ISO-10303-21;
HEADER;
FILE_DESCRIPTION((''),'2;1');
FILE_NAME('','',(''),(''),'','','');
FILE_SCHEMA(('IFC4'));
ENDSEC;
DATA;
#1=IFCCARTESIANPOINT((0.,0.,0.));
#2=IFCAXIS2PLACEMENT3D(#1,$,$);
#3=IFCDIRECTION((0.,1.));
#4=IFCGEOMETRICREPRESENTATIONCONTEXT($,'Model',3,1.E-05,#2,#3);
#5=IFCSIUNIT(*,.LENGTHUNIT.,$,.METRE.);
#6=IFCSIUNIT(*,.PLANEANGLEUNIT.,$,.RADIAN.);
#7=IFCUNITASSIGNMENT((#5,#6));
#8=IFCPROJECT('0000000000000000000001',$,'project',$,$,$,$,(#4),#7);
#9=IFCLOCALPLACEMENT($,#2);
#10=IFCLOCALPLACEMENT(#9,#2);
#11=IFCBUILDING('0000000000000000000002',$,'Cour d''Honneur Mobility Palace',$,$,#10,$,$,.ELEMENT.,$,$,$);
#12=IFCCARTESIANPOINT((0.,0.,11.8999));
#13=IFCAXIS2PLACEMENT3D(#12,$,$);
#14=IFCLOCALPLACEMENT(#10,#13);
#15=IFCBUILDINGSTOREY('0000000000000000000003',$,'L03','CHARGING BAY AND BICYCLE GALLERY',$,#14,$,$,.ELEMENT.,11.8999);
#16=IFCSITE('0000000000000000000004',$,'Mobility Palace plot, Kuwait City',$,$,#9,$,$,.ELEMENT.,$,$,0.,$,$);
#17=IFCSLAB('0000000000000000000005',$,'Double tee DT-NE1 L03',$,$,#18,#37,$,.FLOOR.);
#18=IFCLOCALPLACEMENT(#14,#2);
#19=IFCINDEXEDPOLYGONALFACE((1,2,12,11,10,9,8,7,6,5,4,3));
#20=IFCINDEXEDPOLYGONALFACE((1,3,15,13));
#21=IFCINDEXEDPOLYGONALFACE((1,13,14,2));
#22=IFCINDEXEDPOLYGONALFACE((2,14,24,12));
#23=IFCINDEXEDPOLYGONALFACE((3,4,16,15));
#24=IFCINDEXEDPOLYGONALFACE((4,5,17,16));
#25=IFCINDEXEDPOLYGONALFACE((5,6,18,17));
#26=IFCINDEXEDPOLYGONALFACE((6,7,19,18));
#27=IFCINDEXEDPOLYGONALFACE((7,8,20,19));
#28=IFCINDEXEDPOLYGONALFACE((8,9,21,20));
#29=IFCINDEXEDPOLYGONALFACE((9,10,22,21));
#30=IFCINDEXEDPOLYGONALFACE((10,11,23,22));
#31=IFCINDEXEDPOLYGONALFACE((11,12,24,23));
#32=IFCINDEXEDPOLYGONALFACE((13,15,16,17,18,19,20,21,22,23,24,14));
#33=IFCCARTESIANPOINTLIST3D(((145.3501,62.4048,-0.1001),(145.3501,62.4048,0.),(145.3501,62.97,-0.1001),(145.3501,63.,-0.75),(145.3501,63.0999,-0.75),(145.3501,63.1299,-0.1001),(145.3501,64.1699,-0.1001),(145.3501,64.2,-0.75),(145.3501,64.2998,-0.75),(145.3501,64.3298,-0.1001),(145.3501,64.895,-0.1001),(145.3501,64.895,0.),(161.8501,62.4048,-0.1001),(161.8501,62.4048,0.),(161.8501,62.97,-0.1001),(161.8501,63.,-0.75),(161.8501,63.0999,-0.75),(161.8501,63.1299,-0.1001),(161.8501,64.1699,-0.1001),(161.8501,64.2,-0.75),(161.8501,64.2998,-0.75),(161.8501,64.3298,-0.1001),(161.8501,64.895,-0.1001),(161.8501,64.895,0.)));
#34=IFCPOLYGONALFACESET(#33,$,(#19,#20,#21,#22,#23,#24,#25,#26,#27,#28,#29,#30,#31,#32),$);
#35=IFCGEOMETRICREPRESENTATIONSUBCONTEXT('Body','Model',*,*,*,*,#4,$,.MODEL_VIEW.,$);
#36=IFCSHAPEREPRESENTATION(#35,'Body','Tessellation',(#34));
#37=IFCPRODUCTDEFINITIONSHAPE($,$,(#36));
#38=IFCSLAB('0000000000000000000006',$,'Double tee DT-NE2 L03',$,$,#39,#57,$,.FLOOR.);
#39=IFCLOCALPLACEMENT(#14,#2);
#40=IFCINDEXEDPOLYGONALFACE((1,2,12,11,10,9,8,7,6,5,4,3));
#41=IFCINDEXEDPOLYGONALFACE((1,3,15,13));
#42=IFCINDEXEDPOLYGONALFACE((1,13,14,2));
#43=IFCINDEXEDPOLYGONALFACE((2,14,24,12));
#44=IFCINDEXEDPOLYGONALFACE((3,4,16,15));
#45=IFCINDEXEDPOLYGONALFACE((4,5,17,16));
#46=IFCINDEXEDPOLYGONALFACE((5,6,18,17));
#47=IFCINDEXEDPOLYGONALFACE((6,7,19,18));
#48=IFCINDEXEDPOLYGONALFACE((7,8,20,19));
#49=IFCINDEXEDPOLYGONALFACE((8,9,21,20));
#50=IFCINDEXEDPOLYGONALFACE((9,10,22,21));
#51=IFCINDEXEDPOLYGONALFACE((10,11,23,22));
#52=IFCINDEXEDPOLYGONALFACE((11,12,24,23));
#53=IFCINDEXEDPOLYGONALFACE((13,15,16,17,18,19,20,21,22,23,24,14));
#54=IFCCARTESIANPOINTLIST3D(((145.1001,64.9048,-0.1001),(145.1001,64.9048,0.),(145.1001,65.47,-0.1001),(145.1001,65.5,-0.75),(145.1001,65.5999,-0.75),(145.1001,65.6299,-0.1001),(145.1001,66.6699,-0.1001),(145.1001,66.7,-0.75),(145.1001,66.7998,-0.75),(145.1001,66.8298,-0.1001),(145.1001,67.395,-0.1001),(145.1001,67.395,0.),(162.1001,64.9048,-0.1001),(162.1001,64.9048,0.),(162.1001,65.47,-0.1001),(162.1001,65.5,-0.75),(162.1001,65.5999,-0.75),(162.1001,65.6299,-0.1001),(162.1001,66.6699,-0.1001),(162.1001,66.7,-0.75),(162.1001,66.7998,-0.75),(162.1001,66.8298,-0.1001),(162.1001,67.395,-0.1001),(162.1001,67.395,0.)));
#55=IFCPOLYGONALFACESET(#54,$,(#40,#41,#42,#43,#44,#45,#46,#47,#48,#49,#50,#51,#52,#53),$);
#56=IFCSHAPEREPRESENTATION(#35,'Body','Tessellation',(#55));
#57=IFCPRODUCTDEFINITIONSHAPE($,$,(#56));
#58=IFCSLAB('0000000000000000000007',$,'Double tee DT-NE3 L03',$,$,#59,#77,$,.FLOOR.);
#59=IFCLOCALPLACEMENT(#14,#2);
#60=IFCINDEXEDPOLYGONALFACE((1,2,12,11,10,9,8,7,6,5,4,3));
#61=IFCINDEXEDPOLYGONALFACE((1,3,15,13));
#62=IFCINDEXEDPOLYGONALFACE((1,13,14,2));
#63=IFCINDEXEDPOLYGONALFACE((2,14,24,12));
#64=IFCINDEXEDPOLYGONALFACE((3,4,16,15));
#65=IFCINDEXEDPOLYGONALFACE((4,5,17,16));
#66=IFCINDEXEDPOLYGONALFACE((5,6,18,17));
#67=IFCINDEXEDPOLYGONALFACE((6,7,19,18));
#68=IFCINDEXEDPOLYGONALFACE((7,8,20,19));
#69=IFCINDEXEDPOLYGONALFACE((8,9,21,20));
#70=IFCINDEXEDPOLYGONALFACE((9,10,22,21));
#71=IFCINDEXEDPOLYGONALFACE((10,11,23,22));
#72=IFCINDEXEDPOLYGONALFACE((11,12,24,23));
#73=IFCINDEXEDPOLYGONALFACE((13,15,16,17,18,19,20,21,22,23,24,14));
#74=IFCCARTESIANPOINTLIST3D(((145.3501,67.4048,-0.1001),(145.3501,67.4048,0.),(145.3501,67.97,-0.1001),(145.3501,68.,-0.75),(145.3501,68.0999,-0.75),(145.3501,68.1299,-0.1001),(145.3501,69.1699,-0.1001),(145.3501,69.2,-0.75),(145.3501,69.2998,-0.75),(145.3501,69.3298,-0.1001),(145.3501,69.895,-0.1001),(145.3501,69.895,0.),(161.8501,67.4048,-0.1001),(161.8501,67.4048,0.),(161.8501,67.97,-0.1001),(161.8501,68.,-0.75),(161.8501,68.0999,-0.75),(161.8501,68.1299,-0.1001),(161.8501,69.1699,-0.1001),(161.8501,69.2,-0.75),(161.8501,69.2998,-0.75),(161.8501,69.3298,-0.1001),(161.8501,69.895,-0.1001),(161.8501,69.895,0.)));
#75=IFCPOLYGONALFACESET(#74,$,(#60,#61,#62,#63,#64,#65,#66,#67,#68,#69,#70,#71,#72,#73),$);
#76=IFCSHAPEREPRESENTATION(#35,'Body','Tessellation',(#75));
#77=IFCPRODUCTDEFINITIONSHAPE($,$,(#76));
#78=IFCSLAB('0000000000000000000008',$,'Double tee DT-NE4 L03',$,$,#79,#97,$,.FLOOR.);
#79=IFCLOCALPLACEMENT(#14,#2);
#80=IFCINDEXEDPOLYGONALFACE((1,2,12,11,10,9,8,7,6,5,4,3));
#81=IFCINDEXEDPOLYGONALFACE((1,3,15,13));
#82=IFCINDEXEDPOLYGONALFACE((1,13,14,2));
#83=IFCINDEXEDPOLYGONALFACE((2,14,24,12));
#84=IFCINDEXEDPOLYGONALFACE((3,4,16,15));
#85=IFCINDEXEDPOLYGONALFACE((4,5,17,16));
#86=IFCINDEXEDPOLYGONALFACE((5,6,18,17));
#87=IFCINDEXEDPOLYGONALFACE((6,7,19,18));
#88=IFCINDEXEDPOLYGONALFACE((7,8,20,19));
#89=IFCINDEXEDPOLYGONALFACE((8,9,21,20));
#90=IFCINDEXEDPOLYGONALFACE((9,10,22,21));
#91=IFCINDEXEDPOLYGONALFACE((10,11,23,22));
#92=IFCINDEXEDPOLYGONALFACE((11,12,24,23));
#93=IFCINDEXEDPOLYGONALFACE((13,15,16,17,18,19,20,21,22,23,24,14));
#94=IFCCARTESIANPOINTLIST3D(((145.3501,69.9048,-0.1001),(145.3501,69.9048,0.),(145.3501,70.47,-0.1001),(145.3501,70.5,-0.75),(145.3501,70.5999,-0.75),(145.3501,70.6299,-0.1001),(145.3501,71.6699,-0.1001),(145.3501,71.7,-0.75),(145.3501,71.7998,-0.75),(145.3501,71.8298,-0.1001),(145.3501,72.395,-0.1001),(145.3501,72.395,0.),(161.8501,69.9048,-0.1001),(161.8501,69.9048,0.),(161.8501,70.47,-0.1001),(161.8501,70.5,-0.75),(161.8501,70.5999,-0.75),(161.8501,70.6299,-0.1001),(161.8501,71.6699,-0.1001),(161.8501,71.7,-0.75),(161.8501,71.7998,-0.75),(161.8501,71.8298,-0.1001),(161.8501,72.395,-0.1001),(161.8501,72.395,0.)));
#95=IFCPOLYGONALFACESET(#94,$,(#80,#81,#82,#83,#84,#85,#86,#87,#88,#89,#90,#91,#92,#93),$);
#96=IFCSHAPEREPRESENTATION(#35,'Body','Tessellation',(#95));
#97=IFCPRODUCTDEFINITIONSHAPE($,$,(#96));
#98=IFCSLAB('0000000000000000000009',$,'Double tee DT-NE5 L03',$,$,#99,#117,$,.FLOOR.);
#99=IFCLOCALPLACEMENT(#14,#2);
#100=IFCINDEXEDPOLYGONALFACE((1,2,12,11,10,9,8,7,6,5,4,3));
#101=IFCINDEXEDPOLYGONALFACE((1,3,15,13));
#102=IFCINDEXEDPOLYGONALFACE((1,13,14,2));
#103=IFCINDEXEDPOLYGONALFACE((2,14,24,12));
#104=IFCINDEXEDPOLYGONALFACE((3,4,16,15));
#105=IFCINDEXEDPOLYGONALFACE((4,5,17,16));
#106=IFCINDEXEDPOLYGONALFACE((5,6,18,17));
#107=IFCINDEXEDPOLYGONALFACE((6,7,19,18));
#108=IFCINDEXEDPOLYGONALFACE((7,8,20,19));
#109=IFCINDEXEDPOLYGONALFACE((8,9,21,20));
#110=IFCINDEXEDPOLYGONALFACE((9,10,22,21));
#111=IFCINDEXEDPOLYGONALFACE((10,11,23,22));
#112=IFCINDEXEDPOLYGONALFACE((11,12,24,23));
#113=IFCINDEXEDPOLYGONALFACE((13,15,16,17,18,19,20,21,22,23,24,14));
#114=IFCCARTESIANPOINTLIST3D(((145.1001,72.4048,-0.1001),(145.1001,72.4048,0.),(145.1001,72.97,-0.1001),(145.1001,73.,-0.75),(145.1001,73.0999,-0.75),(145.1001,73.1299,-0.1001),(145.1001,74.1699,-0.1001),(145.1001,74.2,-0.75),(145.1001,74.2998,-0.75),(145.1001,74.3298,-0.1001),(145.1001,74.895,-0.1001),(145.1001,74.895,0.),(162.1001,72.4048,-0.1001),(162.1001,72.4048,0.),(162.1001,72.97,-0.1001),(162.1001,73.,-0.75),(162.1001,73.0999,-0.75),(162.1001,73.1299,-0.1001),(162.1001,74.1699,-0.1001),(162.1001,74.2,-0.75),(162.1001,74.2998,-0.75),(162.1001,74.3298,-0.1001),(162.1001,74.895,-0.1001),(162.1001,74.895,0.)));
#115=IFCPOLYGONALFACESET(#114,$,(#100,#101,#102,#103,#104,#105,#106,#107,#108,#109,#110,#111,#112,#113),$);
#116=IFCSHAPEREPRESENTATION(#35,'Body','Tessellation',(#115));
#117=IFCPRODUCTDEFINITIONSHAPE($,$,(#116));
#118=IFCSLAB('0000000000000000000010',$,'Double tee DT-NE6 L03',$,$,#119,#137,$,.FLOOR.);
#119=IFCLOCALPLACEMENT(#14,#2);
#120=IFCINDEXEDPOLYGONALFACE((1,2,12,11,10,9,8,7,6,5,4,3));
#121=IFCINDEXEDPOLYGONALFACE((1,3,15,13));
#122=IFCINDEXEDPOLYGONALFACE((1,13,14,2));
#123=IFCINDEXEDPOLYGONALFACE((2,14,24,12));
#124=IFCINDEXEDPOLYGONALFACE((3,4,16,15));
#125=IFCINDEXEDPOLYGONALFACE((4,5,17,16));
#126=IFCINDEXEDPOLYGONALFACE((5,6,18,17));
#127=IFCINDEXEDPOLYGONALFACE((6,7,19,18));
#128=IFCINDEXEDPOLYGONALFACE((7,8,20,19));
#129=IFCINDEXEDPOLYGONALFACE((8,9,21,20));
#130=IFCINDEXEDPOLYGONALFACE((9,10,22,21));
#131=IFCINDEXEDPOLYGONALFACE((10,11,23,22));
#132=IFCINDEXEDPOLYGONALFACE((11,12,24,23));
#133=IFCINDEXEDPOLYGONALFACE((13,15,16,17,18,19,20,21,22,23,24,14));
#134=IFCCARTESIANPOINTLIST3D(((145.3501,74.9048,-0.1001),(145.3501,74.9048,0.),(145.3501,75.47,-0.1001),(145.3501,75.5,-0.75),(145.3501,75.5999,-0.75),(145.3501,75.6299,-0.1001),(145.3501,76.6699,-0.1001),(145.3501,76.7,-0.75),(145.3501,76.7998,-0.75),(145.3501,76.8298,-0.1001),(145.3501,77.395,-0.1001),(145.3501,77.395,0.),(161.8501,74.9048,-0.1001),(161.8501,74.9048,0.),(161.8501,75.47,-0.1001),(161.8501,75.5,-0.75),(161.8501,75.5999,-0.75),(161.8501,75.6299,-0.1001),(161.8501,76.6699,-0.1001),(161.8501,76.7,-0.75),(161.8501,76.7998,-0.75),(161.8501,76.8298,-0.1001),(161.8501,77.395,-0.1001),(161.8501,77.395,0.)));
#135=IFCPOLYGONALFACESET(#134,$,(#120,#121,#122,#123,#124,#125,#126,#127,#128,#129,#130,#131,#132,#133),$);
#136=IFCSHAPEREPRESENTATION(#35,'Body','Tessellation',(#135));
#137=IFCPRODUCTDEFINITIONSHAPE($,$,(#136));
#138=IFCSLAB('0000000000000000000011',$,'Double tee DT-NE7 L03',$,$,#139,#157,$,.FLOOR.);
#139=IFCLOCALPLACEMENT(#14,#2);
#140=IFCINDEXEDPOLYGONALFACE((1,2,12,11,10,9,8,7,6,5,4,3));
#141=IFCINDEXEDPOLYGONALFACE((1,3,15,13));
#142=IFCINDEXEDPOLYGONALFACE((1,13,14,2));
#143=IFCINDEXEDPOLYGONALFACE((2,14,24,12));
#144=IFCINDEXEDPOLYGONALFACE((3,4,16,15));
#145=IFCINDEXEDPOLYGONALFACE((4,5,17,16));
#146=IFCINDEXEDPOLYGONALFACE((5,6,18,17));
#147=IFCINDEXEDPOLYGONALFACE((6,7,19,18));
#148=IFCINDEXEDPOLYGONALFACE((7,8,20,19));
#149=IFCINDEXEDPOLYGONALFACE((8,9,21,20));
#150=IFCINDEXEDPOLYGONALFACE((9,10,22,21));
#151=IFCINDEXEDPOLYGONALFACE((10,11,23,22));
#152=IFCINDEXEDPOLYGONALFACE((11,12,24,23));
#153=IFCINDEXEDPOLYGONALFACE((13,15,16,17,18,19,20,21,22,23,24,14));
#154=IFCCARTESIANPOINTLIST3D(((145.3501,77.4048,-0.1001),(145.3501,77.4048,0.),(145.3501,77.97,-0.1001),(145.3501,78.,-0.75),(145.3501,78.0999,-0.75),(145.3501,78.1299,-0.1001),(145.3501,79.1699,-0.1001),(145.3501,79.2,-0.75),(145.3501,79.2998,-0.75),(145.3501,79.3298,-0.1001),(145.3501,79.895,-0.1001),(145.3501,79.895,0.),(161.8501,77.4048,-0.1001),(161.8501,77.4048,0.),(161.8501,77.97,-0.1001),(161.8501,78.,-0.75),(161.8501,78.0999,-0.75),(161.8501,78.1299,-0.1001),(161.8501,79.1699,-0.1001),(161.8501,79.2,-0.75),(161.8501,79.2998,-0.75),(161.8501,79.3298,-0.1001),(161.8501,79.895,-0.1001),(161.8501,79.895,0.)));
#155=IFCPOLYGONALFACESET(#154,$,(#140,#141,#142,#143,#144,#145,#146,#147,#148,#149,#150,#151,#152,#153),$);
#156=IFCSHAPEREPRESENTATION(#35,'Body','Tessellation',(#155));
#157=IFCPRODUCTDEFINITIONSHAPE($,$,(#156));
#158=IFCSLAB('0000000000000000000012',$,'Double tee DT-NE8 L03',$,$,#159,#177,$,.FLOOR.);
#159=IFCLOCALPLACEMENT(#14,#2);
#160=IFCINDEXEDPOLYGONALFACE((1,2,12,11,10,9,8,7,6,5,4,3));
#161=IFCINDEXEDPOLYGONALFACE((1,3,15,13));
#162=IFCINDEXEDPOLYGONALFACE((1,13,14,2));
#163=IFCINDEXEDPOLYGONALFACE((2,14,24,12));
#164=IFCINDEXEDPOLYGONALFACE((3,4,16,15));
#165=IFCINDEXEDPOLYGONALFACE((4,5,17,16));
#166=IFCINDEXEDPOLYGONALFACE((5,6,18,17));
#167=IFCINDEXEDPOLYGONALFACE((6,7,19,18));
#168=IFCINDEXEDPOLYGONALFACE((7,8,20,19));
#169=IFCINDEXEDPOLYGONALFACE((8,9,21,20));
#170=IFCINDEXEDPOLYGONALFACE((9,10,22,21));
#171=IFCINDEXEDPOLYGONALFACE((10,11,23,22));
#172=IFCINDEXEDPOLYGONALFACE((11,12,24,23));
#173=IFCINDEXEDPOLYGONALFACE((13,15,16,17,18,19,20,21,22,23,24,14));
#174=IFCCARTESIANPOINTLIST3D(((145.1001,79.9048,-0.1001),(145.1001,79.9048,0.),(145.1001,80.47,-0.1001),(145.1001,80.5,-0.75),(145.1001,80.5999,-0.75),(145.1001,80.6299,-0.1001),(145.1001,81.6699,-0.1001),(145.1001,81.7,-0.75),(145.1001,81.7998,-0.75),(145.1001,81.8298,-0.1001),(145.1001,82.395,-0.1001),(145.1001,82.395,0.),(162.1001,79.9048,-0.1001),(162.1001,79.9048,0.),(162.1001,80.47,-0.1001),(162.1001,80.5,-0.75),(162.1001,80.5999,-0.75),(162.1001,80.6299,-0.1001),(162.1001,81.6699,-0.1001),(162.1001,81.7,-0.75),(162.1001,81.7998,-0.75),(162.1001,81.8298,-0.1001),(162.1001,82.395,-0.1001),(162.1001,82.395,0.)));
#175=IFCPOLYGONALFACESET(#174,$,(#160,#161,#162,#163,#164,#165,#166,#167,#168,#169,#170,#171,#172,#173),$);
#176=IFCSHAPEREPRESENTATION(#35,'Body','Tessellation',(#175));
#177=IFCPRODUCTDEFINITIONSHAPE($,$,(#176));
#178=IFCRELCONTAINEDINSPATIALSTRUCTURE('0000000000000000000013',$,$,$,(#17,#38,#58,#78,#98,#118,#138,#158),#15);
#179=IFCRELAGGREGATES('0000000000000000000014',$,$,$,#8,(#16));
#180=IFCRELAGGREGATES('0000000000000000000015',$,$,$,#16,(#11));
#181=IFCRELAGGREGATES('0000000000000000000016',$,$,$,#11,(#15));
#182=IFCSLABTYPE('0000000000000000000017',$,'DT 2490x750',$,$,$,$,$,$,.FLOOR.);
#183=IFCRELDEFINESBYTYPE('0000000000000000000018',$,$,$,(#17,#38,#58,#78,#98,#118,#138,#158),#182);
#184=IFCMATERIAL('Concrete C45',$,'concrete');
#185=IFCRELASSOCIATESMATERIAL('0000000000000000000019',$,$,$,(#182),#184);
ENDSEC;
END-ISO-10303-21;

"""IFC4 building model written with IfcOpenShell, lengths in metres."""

from ifc_helpers import new_model, si_unit, direction, frame, origin, place, context, subcontext, project, spatial, polyline, outline, extrude, material, material_profile, profile_set, type_object, element, save


model = new_model("IFC4")

# Units and contexts
model_context = context("Model", 3, precision=1e-05, world=origin(), true_north=direction((0.0, 1.0)))
body_context = subcontext(model_context, "Body", "Model", "MODEL_VIEW")
ifc_project = project(units=[si_unit("LENGTHUNIT", "METRE"), si_unit("PLANEANGLEUNIT", "RADIAN")], contexts=[model_context])

# Site, building, storey
site_placement = place(None, origin())
site = spatial("IfcSite", under=ifc_project, at=site_placement, Name="Mobility Palace plot, Kuwait City", CompositionType="ELEMENT", RefElevation=0.0)
building_placement = place(site_placement, origin())
building = spatial("IfcBuilding", under=site, at=building_placement, Name="Cour d'Honneur Mobility Palace", CompositionType="ELEMENT")
storey_placement = place(building_placement, frame((0.0, 0.0, 11.8999)))
storey = spatial("IfcBuildingStorey", under=building, at=storey_placement, Name="L03", Description="CHARGING BAY AND BICYCLE GALLERY", CompositionType="ELEMENT", Elevation=11.8999)

# Slabs
ifc_material_1 = material(Name="Concrete C45", Category="concrete")
ifc_material_profile_1 = material_profile(ifc_material_1, outline(polyline([(-1.2451, 0.0), (1.2451, 0.0), (1.2451, -0.1001), (0.6799, -0.1001), (0.6499, -0.75), (0.55, -0.75), (0.52, -0.1001), (-0.52, -0.1001), (-0.55, -0.75), (-0.6499, -0.75), (-0.6799, -0.1001), (-1.2451, -0.1001), (-1.2451, 0.0)])), Name="DT 2490x750")
ifc_profile_set_1 = profile_set([ifc_material_profile_1], Name="Concrete C45")
slab_type = type_object("IfcSlabType", Name="DT 2490x750", PredefinedType="FLOOR", material=ifc_profile_set_1)
slab_1_placement = place(storey_placement, frame((145.3501, 63.6499, 0.0), z_axis=(1.0, 0.0, 0.0), x_axis=(0.0, 1.0, 0.0)))
element("IfcSlab", 1, at=slab_1_placement, inside=storey, type_object=slab_type, Name="Double tee DT-NE1 L03", PredefinedType="FLOOR", context=body_context, shape_type="SweptSolid", body=[
    extrude(outline(polyline([(-1.2451, 0.0), (1.2451, 0.0), (1.2451, -0.1001), (0.6799, -0.1001), (0.6499, -0.75), (0.55, -0.75), (0.52, -0.1001), (-0.52, -0.1001), (-0.55, -0.75), (-0.6499, -0.75), (-0.6799, -0.1001), (-1.2451, -0.1001), (-1.2451, 0.0)])), origin(), (0.0, 0.0, 1.0), 16.5),
])
slab_2_placement = place(storey_placement, frame((145.1001, 66.1499, 0.0), z_axis=(1.0, 0.0, 0.0), x_axis=(0.0, 1.0, 0.0)))
element("IfcSlab", 2, at=slab_2_placement, inside=storey, type_object=slab_type, Name="Double tee DT-NE2 L03", PredefinedType="FLOOR", context=body_context, shape_type="SweptSolid", body=[
    extrude(outline(polyline([(-1.2451, 0.0), (1.2451, 0.0), (1.2451, -0.1001), (0.6799, -0.1001), (0.6499, -0.75), (0.55, -0.75), (0.52, -0.1001), (-0.52, -0.1001), (-0.55, -0.75), (-0.6499, -0.75), (-0.6799, -0.1001), (-1.2451, -0.1001), (-1.2451, 0.0)])), origin(), (0.0, 0.0, 1.0), 17.0),
])
for number, where, z_axis, x_axis, name in (
    (3, (145.3501, 68.6499, 0.0), (1.0, 0.0, 0.0), (0.0, 1.0, 0.0), "Double tee DT-NE3 L03"),
    (4, (145.3501, 71.1499, 0.0), (1.0, 0.0, 0.0), (0.0, 1.0, 0.0), "Double tee DT-NE4 L03"),
):
    element("IfcSlab", number, at=place(storey_placement, frame(where, z_axis=z_axis, x_axis=x_axis)), inside=storey, type_object=slab_type, Name=name, PredefinedType="FLOOR", context=body_context, shape_type="SweptSolid", body=[
        extrude(outline(polyline([(-1.2451, 0.0), (1.2451, 0.0), (1.2451, -0.1001), (0.6799, -0.1001), (0.6499, -0.75), (0.55, -0.75), (0.52, -0.1001), (-0.52, -0.1001), (-0.55, -0.75), (-0.6499, -0.75), (-0.6799, -0.1001), (-1.2451, -0.1001), (-1.2451, 0.0)])), origin(), (0.0, 0.0, 1.0), 16.5),
    ])
slab_3_placement = place(storey_placement, frame((145.1001, 73.6499, 0.0), z_axis=(1.0, 0.0, 0.0), x_axis=(0.0, 1.0, 0.0)))
element("IfcSlab", 5, at=slab_3_placement, inside=storey, type_object=slab_type, Name="Double tee DT-NE5 L03", PredefinedType="FLOOR", context=body_context, shape_type="SweptSolid", body=[
    extrude(outline(polyline([(-1.2451, 0.0), (1.2451, 0.0), (1.2451, -0.1001), (0.6799, -0.1001), (0.6499, -0.75), (0.55, -0.75), (0.52, -0.1001), (-0.52, -0.1001), (-0.55, -0.75), (-0.6499, -0.75), (-0.6799, -0.1001), (-1.2451, -0.1001), (-1.2451, 0.0)])), origin(), (0.0, 0.0, 1.0), 17.0),
])
for number, where, z_axis, x_axis, name in (
    (6, (145.3501, 76.1499, 0.0), (1.0, 0.0, 0.0), (0.0, 1.0, 0.0), "Double tee DT-NE6 L03"),
    (7, (145.3501, 78.6499, 0.0), (1.0, 0.0, 0.0), (0.0, 1.0, 0.0), "Double tee DT-NE7 L03"),
):
    element("IfcSlab", number, at=place(storey_placement, frame(where, z_axis=z_axis, x_axis=x_axis)), inside=storey, type_object=slab_type, Name=name, PredefinedType="FLOOR", context=body_context, shape_type="SweptSolid", body=[
        extrude(outline(polyline([(-1.2451, 0.0), (1.2451, 0.0), (1.2451, -0.1001), (0.6799, -0.1001), (0.6499, -0.75), (0.55, -0.75), (0.52, -0.1001), (-0.52, -0.1001), (-0.55, -0.75), (-0.6499, -0.75), (-0.6799, -0.1001), (-1.2451, -0.1001), (-1.2451, 0.0)])), origin(), (0.0, 0.0, 1.0), 16.5),
    ])
slab_4_placement = place(storey_placement, frame((145.1001, 81.1499, 0.0), z_axis=(1.0, 0.0, 0.0), x_axis=(0.0, 1.0, 0.0)))
element("IfcSlab", 8, at=slab_4_placement, inside=storey, type_object=slab_type, Name="Double tee DT-NE8 L03", PredefinedType="FLOOR", context=body_context, shape_type="SweptSolid", body=[
    extrude(outline(polyline([(-1.2451, 0.0), (1.2451, 0.0), (1.2451, -0.1001), (0.6799, -0.1001), (0.6499, -0.75), (0.55, -0.75), (0.52, -0.1001), (-0.52, -0.1001), (-0.55, -0.75), (-0.6499, -0.75), (-0.6799, -0.1001), (-1.2451, -0.1001), (-1.2451, 0.0)])), origin(), (0.0, 0.0, 1.0), 17.0),
])

save(model, "model.ifc")
